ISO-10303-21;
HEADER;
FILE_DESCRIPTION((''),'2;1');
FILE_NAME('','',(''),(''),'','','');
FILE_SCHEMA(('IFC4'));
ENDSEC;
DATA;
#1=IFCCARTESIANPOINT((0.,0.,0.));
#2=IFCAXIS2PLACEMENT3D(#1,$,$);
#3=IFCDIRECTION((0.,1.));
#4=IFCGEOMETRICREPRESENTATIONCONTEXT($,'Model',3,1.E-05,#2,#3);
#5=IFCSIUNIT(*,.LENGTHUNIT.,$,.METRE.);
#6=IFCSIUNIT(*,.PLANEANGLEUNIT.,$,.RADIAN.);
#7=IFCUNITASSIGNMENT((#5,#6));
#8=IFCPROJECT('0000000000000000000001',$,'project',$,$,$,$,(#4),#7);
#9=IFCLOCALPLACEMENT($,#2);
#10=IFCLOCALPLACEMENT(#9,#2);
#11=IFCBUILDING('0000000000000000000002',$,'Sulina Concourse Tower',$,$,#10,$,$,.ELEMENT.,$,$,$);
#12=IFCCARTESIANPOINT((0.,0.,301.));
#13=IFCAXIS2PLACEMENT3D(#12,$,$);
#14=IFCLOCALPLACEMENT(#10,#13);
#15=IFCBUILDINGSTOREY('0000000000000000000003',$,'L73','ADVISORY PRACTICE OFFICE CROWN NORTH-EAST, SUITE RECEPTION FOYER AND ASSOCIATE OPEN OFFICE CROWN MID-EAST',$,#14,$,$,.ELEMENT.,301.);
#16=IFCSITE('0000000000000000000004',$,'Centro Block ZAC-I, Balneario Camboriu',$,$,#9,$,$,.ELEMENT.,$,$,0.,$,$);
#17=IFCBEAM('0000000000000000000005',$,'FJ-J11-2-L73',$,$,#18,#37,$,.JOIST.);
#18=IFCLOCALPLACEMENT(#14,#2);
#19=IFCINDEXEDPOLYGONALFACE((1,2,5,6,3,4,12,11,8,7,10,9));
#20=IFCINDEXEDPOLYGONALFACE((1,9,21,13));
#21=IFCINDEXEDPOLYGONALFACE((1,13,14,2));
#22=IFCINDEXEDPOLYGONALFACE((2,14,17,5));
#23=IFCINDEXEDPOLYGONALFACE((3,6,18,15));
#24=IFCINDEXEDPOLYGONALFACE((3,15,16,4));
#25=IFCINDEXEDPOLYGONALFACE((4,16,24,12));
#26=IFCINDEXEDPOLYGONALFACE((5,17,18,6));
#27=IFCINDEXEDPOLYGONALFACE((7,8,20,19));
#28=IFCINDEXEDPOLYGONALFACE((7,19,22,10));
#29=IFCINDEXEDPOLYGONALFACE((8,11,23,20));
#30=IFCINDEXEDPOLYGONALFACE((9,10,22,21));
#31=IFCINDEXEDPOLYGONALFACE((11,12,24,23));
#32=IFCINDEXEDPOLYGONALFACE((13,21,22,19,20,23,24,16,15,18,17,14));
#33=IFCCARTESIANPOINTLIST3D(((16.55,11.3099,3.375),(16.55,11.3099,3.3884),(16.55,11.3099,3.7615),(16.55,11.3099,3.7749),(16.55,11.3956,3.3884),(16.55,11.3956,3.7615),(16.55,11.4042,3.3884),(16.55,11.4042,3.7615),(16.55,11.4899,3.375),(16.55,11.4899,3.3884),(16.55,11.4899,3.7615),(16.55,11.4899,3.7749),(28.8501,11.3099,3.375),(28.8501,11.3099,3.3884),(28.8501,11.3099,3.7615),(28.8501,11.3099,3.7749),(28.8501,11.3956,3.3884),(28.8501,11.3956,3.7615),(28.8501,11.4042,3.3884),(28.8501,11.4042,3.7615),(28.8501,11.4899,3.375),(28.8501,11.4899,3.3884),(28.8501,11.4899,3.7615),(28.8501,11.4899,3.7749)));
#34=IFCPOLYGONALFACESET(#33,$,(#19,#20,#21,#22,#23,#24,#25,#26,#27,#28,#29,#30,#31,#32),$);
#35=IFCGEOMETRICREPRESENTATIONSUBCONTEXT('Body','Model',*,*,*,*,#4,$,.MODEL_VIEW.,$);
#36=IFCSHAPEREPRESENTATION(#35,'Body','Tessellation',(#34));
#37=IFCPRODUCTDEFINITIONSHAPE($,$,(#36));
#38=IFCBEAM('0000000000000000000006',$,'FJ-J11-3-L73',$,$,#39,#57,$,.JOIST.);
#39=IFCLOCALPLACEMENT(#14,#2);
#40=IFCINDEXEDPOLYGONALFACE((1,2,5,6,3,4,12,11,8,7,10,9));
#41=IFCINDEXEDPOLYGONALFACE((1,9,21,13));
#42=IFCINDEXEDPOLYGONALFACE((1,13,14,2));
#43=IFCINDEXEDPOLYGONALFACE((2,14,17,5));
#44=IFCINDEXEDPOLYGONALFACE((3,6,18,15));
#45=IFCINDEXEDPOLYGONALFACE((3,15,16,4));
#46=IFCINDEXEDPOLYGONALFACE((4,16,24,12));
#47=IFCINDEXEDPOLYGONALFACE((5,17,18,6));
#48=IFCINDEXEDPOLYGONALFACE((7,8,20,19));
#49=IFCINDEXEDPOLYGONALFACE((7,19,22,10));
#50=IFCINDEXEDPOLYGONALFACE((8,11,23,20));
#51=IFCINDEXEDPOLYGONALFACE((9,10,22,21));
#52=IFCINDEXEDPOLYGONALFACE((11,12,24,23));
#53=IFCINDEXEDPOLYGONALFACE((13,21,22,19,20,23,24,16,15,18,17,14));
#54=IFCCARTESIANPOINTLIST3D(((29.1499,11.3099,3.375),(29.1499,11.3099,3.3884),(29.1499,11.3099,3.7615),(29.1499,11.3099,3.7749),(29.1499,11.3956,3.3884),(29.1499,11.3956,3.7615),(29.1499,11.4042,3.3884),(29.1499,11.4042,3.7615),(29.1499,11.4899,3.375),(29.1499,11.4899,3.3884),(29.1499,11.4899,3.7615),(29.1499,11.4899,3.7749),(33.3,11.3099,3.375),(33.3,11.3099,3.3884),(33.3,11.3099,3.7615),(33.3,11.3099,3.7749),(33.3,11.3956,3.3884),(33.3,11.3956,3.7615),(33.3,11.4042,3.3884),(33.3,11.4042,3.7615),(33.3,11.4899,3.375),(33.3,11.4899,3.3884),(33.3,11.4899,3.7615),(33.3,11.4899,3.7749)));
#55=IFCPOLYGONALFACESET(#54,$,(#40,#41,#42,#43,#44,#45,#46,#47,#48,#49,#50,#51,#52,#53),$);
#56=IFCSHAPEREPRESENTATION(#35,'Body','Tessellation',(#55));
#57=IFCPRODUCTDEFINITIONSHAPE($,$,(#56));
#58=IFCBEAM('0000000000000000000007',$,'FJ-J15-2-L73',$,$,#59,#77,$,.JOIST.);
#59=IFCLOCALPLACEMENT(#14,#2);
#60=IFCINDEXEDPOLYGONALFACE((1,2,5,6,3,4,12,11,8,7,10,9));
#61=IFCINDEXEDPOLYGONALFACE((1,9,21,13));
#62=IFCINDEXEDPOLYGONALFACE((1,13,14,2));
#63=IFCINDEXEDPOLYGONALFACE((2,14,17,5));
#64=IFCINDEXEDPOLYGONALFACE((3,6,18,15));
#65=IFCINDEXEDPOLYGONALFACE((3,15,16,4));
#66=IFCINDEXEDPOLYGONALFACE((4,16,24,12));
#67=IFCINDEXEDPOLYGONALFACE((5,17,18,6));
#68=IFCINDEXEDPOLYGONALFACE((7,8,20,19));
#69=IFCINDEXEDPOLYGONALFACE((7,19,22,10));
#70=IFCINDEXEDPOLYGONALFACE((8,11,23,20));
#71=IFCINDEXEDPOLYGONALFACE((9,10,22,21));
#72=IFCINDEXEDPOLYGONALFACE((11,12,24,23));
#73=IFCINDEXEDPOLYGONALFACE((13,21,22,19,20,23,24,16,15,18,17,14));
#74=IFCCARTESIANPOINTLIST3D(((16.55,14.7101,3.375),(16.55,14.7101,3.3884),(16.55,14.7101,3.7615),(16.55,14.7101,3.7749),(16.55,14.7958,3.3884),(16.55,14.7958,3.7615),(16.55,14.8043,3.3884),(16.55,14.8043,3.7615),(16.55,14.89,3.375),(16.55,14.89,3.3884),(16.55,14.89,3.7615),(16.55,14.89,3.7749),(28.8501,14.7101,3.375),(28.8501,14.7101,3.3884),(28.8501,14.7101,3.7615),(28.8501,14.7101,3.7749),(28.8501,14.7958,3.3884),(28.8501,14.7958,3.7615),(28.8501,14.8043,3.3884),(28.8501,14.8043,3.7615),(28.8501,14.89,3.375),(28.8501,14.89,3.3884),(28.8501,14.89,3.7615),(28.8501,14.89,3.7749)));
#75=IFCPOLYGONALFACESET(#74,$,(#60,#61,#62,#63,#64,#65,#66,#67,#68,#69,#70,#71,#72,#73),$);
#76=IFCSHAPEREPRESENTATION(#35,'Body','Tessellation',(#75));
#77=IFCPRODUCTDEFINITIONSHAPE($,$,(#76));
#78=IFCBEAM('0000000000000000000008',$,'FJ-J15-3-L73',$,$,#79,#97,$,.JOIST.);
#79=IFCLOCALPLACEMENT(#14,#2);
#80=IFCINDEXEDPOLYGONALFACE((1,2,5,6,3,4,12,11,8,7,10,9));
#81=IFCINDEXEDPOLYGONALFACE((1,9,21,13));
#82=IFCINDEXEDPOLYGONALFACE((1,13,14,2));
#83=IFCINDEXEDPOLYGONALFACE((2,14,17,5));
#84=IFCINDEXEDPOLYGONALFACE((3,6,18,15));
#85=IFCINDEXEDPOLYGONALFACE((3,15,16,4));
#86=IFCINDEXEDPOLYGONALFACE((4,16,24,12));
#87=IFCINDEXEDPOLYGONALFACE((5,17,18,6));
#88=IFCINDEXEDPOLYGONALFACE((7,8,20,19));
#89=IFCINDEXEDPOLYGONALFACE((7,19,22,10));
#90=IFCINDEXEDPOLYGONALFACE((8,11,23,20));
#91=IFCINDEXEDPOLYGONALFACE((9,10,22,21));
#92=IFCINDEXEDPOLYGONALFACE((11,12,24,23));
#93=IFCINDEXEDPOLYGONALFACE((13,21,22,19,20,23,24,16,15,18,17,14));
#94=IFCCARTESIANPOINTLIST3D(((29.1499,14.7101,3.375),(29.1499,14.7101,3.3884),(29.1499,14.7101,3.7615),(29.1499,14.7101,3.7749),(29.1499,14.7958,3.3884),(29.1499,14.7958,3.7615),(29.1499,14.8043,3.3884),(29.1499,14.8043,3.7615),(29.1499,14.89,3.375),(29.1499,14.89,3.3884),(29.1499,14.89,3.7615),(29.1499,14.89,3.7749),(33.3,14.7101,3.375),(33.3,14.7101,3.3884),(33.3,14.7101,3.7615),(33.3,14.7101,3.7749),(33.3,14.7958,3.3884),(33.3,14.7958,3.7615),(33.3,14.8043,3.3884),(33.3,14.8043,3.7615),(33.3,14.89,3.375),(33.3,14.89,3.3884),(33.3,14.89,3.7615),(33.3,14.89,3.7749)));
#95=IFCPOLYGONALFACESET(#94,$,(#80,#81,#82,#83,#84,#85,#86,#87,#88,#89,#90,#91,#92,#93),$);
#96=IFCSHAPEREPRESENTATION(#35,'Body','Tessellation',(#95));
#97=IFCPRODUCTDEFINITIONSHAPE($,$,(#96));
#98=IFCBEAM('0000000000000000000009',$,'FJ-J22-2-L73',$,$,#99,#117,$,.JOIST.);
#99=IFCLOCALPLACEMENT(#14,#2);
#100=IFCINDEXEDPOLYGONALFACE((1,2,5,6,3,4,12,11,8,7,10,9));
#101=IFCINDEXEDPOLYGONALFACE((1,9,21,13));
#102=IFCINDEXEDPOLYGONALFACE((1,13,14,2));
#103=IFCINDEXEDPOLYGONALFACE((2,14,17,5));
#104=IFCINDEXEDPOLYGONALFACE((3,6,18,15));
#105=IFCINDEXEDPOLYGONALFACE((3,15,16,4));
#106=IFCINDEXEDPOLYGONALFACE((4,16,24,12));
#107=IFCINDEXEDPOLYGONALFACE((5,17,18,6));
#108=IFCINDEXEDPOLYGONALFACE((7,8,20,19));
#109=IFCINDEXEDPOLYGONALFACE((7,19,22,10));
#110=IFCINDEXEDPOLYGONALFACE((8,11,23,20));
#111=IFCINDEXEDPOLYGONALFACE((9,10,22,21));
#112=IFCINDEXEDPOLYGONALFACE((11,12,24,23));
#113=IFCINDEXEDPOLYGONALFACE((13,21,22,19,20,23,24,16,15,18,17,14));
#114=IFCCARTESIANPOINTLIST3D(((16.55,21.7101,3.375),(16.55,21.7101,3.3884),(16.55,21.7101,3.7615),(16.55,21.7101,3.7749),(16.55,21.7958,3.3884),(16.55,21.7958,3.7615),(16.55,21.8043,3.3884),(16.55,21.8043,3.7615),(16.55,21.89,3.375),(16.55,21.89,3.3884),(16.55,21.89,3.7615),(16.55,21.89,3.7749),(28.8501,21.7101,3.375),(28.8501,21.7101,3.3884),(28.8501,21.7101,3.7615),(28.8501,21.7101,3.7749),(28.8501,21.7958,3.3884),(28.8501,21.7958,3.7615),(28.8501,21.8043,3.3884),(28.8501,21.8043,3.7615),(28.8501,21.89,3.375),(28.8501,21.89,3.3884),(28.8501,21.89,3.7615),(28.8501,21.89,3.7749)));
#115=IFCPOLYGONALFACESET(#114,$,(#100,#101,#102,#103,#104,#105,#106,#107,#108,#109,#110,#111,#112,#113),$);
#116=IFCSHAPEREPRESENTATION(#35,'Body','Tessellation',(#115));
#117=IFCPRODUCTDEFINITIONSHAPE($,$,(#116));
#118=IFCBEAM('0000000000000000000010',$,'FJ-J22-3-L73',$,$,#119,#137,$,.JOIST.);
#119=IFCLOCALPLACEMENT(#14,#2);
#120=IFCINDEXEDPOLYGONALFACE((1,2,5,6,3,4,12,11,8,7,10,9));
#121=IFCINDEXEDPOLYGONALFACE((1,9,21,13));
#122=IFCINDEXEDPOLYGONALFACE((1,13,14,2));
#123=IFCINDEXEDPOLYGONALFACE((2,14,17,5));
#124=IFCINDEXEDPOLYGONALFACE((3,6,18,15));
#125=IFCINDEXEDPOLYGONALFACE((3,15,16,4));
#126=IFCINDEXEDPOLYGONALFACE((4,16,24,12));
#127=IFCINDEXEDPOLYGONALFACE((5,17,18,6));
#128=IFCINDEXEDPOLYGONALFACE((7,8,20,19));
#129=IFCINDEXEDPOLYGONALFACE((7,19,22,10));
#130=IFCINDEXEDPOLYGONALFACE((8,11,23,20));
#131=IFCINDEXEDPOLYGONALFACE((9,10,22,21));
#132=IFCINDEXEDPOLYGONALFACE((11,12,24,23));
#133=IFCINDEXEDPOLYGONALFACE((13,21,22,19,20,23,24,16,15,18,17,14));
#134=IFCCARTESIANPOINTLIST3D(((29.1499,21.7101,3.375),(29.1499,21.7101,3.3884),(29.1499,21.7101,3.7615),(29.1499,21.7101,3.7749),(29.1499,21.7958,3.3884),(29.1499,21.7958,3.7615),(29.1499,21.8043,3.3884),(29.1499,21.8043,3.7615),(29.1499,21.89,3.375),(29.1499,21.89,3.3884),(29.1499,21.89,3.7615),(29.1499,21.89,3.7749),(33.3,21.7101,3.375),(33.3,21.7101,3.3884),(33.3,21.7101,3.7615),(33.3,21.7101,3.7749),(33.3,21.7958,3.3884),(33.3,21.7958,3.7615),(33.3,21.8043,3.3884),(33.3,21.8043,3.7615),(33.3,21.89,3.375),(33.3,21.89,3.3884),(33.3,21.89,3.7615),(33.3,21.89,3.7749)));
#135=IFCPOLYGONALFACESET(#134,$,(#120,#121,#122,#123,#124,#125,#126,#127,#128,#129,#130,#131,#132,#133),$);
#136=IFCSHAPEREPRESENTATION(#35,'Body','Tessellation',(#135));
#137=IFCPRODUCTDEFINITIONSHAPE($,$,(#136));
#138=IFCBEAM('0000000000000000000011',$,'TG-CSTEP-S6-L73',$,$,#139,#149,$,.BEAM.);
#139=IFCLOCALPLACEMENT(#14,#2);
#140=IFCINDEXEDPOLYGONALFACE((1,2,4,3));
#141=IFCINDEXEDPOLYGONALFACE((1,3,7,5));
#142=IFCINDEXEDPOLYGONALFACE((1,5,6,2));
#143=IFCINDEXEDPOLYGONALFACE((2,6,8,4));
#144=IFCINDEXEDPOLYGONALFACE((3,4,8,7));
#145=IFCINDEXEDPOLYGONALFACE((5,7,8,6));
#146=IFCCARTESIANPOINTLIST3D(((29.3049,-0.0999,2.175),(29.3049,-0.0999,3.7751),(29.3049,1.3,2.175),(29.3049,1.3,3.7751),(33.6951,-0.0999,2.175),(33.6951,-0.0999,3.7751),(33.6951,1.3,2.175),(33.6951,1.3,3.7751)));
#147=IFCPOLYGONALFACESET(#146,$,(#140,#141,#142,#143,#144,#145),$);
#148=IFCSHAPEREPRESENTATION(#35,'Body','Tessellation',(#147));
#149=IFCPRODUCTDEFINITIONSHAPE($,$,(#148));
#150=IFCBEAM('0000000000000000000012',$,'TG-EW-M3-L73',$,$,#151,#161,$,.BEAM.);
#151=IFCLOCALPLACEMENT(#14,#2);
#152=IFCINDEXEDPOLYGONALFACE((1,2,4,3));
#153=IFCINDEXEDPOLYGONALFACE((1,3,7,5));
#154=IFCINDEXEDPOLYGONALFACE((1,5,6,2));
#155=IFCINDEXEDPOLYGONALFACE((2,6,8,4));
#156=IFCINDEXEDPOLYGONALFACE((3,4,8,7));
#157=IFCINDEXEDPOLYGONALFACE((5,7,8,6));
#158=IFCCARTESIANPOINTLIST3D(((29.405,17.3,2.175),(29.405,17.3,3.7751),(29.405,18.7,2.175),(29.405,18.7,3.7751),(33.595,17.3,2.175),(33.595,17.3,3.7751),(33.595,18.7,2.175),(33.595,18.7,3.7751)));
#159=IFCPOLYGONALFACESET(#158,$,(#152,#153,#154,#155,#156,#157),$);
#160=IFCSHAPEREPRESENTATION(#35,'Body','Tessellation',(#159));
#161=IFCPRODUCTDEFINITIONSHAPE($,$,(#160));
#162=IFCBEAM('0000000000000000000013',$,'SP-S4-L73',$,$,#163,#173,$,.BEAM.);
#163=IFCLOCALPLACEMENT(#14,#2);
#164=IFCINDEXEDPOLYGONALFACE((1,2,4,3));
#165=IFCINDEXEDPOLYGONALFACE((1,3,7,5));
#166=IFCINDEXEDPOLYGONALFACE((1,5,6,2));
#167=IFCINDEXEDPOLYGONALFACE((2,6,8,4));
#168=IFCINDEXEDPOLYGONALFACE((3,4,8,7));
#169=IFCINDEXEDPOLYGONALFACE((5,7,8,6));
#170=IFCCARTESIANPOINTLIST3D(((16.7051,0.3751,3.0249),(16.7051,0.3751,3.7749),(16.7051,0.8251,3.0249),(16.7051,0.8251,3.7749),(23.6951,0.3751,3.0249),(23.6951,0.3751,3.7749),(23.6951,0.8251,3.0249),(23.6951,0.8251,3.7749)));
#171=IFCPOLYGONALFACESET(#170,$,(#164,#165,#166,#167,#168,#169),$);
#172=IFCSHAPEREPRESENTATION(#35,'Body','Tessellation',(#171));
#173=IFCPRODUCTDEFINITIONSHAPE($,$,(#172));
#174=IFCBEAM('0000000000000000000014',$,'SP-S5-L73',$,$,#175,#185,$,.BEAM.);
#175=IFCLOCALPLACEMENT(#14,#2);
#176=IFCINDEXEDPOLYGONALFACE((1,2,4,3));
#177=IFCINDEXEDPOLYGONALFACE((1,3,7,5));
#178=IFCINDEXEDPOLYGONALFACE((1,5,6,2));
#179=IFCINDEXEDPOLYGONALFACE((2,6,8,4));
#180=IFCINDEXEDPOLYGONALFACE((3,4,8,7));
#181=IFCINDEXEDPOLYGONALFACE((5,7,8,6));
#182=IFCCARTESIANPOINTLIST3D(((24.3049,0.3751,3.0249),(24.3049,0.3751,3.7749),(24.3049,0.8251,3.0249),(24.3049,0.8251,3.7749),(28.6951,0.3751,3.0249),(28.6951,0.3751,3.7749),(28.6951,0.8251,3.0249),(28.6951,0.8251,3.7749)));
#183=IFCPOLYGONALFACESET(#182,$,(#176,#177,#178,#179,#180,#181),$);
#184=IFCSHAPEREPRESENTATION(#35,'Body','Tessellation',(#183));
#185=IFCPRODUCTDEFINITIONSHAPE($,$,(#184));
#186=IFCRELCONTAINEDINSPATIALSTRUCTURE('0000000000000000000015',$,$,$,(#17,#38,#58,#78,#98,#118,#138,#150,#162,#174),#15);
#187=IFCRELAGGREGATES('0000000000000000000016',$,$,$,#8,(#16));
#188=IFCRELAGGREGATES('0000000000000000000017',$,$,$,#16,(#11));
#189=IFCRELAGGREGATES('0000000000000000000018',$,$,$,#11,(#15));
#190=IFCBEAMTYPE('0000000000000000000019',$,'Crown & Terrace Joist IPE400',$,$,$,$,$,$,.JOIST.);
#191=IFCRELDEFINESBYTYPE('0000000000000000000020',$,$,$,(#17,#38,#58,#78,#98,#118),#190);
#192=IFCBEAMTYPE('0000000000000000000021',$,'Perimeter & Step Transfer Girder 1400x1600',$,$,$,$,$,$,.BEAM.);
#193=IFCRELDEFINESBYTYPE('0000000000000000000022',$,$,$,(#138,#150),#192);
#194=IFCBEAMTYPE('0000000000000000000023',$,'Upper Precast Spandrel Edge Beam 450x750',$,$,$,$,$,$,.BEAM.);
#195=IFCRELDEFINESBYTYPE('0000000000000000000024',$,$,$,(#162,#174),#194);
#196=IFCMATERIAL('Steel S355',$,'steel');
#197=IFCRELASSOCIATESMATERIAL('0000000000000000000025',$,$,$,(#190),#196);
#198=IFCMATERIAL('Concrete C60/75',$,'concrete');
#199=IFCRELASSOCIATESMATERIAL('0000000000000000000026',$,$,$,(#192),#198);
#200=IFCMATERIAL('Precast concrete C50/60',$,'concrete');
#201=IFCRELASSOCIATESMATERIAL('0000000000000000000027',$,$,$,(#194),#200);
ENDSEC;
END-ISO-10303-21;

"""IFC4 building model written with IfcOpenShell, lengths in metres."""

from ifc_helpers import new_model, si_unit, direction, frame, origin, origin_2d, place, context, subcontext, project, spatial, rectangle, i_section, extrude, material, material_profile, profile_set, type_object, element, save


model = new_model("IFC4")

# Units and contexts
model_context = context("Model", 3, precision=1e-05, world=origin(), true_north=direction((0.0, 1.0)))
body_context = subcontext(model_context, "Body", "Model", "MODEL_VIEW")
ifc_project = project(units=[si_unit("LENGTHUNIT", "METRE"), si_unit("PLANEANGLEUNIT", "RADIAN")], contexts=[model_context])

# Site, building, storey
site_placement = place(None, origin())
site = spatial("IfcSite", under=ifc_project, at=site_placement, Name="Centro Block ZAC-I, Balneario Camboriu", CompositionType="ELEMENT", RefElevation=0.0)
building_placement = place(site_placement, origin())
building = spatial("IfcBuilding", under=site, at=building_placement, Name="Sulina Concourse Tower", CompositionType="ELEMENT")
storey_placement = place(building_placement, frame((0.0, 0.0, 301.0)))
storey = spatial("IfcBuildingStorey", under=building, at=storey_placement, Name="L73", Description="ADVISORY PRACTICE OFFICE CROWN NORTH-EAST, SUITE RECEPTION FOYER AND ASSOCIATE OPEN OFFICE CROWN MID-EAST", CompositionType="ELEMENT", Elevation=301.0)

# Beams
ifc_material_1 = material(Name="Steel S355", Category="steel")
ifc_material_profile_1 = material_profile(ifc_material_1, i_section(OverallWidth=0.1799, OverallDepth=0.3999, WebThickness=0.0085, FlangeThickness=0.0134, at=origin_2d()), Name="IPE 400")
ifc_profile_set_1 = profile_set([ifc_material_profile_1], Name="Steel S355")
beam_type_1 = type_object("IfcBeamType", Name="Crown & Terrace Joist IPE400", PredefinedType="JOIST", material=ifc_profile_set_1)
beam_1_placement = place(storey_placement, frame((16.55, 11.3999, 3.575), z_axis=(1.0, 0.0, 0.0), x_axis=(0.0, 1.0, 0.0)))
element("IfcBeam", 1, at=beam_1_placement, inside=storey, type_object=beam_type_1, Name="FJ-J11-2-L73", PredefinedType="JOIST", context=body_context, shape_type="SweptSolid", body=[
    extrude(i_section(OverallWidth=0.1799, OverallDepth=0.3999, WebThickness=0.0085, FlangeThickness=0.0134, at=origin_2d()), origin(), (0.0, 0.0, 1.0), 12.3),
])
beam_2_placement = place(storey_placement, frame((29.1499, 11.3999, 3.575), z_axis=(1.0, 0.0, 0.0), x_axis=(0.0, 1.0, 0.0)))
element("IfcBeam", 2, at=beam_2_placement, inside=storey, type_object=beam_type_1, Name="FJ-J11-3-L73", PredefinedType="JOIST", context=body_context, shape_type="SweptSolid", body=[
    extrude(i_section(OverallWidth=0.1799, OverallDepth=0.3999, WebThickness=0.0085, FlangeThickness=0.0134, at=origin_2d()), origin(), (0.0, 0.0, 1.0), 4.1501),
])
beam_3_placement = place(storey_placement, frame((16.55, 14.8, 3.575), z_axis=(1.0, 0.0, 0.0), x_axis=(0.0, 1.0, 0.0)))
element("IfcBeam", 3, at=beam_3_placement, inside=storey, type_object=beam_type_1, Name="FJ-J15-2-L73", PredefinedType="JOIST", context=body_context, shape_type="SweptSolid", body=[
    extrude(i_section(OverallWidth=0.1799, OverallDepth=0.3999, WebThickness=0.0085, FlangeThickness=0.0134, at=origin_2d()), origin(), (0.0, 0.0, 1.0), 12.3),
])
beam_4_placement = place(storey_placement, frame((29.1499, 14.8, 3.575), z_axis=(1.0, 0.0, 0.0), x_axis=(0.0, 1.0, 0.0)))
element("IfcBeam", 4, at=beam_4_placement, inside=storey, type_object=beam_type_1, Name="FJ-J15-3-L73", PredefinedType="JOIST", context=body_context, shape_type="SweptSolid", body=[
    extrude(i_section(OverallWidth=0.1799, OverallDepth=0.3999, WebThickness=0.0085, FlangeThickness=0.0134, at=origin_2d()), origin(), (0.0, 0.0, 1.0), 4.1501),
])
beam_5_placement = place(storey_placement, frame((16.55, 21.8, 3.575), z_axis=(1.0, 0.0, 0.0), x_axis=(0.0, 1.0, 0.0)))
element("IfcBeam", 5, at=beam_5_placement, inside=storey, type_object=beam_type_1, Name="FJ-J22-2-L73", PredefinedType="JOIST", context=body_context, shape_type="SweptSolid", body=[
    extrude(i_section(OverallWidth=0.1799, OverallDepth=0.3999, WebThickness=0.0085, FlangeThickness=0.0134, at=origin_2d()), origin(), (0.0, 0.0, 1.0), 12.3),
])
beam_6_placement = place(storey_placement, frame((29.1499, 21.8, 3.575), z_axis=(1.0, 0.0, 0.0), x_axis=(0.0, 1.0, 0.0)))
element("IfcBeam", 6, at=beam_6_placement, inside=storey, type_object=beam_type_1, Name="FJ-J22-3-L73", PredefinedType="JOIST", context=body_context, shape_type="SweptSolid", body=[
    extrude(i_section(OverallWidth=0.1799, OverallDepth=0.3999, WebThickness=0.0085, FlangeThickness=0.0134, at=origin_2d()), origin(), (0.0, 0.0, 1.0), 4.1501),
])
ifc_material_2 = material(Name="Concrete C60/75", Category="concrete")
ifc_material_profile_2 = material_profile(ifc_material_2, rectangle(XDim=1.3999, YDim=1.6001, at=origin_2d()), Name="RC 1400x1600")
ifc_profile_set_2 = profile_set([ifc_material_profile_2], Name="Concrete C60/75")
beam_type_2 = type_object("IfcBeamType", Name="Perimeter & Step Transfer Girder 1400x1600", PredefinedType="BEAM", material=ifc_profile_set_2)
beam_7_placement = place(storey_placement, frame((29.3049, 0.6001, 2.9751), z_axis=(1.0, 0.0, 0.0), x_axis=(0.0, 1.0, 0.0)))
element("IfcBeam", 7, at=beam_7_placement, inside=storey, type_object=beam_type_2, Name="TG-CSTEP-S6-L73", PredefinedType="BEAM", context=body_context, shape_type="SweptSolid", body=[
    extrude(rectangle(XDim=1.3999, YDim=1.6001, at=origin_2d()), origin(), (0.0, 0.0, 1.0), 4.3901),
])
beam_8_placement = place(storey_placement, frame((29.405, 18.0, 2.9751), z_axis=(1.0, 0.0, 0.0), x_axis=(0.0, 1.0, 0.0)))
element("IfcBeam", 8, at=beam_8_placement, inside=storey, type_object=beam_type_2, Name="TG-EW-M3-L73", PredefinedType="BEAM", context=body_context, shape_type="SweptSolid", body=[
    extrude(rectangle(XDim=1.3999, YDim=1.6001, at=origin_2d()), origin(), (0.0, 0.0, 1.0), 4.1899),
])
ifc_material_3 = material(Name="Precast concrete C50/60", Category="concrete")
ifc_material_profile_3 = material_profile(ifc_material_3, rectangle(XDim=0.45, YDim=0.75, at=origin_2d()), Name="RC 450x750")
ifc_profile_set_3 = profile_set([ifc_material_profile_3], Name="Precast concrete C50/60")
beam_type_3 = type_object("IfcBeamType", Name="Upper Precast Spandrel Edge Beam 450x750", PredefinedType="BEAM", material=ifc_profile_set_3)
beam_9_placement = place(storey_placement, frame((16.7051, 0.6001, 3.3999), z_axis=(1.0, 0.0, 0.0), x_axis=(0.0, 1.0, 0.0)))
element("IfcBeam", 9, at=beam_9_placement, inside=storey, type_object=beam_type_3, Name="SP-S4-L73", PredefinedType="BEAM", context=body_context, shape_type="SweptSolid", body=[
    extrude(rectangle(XDim=0.45, YDim=0.75, at=origin_2d()), origin(), (0.0, 0.0, 1.0), 6.99),
])
beam_10_placement = place(storey_placement, frame((24.3049, 0.6001, 3.3999), z_axis=(1.0, 0.0, 0.0), x_axis=(0.0, 1.0, 0.0)))
element("IfcBeam", 10, at=beam_10_placement, inside=storey, type_object=beam_type_3, Name="SP-S5-L73", PredefinedType="BEAM", context=body_context, shape_type="SweptSolid", body=[
    extrude(rectangle(XDim=0.45, YDim=0.75, at=origin_2d()), origin(), (0.0, 0.0, 1.0), 4.3901),
])

save(model, "model.ifc")
